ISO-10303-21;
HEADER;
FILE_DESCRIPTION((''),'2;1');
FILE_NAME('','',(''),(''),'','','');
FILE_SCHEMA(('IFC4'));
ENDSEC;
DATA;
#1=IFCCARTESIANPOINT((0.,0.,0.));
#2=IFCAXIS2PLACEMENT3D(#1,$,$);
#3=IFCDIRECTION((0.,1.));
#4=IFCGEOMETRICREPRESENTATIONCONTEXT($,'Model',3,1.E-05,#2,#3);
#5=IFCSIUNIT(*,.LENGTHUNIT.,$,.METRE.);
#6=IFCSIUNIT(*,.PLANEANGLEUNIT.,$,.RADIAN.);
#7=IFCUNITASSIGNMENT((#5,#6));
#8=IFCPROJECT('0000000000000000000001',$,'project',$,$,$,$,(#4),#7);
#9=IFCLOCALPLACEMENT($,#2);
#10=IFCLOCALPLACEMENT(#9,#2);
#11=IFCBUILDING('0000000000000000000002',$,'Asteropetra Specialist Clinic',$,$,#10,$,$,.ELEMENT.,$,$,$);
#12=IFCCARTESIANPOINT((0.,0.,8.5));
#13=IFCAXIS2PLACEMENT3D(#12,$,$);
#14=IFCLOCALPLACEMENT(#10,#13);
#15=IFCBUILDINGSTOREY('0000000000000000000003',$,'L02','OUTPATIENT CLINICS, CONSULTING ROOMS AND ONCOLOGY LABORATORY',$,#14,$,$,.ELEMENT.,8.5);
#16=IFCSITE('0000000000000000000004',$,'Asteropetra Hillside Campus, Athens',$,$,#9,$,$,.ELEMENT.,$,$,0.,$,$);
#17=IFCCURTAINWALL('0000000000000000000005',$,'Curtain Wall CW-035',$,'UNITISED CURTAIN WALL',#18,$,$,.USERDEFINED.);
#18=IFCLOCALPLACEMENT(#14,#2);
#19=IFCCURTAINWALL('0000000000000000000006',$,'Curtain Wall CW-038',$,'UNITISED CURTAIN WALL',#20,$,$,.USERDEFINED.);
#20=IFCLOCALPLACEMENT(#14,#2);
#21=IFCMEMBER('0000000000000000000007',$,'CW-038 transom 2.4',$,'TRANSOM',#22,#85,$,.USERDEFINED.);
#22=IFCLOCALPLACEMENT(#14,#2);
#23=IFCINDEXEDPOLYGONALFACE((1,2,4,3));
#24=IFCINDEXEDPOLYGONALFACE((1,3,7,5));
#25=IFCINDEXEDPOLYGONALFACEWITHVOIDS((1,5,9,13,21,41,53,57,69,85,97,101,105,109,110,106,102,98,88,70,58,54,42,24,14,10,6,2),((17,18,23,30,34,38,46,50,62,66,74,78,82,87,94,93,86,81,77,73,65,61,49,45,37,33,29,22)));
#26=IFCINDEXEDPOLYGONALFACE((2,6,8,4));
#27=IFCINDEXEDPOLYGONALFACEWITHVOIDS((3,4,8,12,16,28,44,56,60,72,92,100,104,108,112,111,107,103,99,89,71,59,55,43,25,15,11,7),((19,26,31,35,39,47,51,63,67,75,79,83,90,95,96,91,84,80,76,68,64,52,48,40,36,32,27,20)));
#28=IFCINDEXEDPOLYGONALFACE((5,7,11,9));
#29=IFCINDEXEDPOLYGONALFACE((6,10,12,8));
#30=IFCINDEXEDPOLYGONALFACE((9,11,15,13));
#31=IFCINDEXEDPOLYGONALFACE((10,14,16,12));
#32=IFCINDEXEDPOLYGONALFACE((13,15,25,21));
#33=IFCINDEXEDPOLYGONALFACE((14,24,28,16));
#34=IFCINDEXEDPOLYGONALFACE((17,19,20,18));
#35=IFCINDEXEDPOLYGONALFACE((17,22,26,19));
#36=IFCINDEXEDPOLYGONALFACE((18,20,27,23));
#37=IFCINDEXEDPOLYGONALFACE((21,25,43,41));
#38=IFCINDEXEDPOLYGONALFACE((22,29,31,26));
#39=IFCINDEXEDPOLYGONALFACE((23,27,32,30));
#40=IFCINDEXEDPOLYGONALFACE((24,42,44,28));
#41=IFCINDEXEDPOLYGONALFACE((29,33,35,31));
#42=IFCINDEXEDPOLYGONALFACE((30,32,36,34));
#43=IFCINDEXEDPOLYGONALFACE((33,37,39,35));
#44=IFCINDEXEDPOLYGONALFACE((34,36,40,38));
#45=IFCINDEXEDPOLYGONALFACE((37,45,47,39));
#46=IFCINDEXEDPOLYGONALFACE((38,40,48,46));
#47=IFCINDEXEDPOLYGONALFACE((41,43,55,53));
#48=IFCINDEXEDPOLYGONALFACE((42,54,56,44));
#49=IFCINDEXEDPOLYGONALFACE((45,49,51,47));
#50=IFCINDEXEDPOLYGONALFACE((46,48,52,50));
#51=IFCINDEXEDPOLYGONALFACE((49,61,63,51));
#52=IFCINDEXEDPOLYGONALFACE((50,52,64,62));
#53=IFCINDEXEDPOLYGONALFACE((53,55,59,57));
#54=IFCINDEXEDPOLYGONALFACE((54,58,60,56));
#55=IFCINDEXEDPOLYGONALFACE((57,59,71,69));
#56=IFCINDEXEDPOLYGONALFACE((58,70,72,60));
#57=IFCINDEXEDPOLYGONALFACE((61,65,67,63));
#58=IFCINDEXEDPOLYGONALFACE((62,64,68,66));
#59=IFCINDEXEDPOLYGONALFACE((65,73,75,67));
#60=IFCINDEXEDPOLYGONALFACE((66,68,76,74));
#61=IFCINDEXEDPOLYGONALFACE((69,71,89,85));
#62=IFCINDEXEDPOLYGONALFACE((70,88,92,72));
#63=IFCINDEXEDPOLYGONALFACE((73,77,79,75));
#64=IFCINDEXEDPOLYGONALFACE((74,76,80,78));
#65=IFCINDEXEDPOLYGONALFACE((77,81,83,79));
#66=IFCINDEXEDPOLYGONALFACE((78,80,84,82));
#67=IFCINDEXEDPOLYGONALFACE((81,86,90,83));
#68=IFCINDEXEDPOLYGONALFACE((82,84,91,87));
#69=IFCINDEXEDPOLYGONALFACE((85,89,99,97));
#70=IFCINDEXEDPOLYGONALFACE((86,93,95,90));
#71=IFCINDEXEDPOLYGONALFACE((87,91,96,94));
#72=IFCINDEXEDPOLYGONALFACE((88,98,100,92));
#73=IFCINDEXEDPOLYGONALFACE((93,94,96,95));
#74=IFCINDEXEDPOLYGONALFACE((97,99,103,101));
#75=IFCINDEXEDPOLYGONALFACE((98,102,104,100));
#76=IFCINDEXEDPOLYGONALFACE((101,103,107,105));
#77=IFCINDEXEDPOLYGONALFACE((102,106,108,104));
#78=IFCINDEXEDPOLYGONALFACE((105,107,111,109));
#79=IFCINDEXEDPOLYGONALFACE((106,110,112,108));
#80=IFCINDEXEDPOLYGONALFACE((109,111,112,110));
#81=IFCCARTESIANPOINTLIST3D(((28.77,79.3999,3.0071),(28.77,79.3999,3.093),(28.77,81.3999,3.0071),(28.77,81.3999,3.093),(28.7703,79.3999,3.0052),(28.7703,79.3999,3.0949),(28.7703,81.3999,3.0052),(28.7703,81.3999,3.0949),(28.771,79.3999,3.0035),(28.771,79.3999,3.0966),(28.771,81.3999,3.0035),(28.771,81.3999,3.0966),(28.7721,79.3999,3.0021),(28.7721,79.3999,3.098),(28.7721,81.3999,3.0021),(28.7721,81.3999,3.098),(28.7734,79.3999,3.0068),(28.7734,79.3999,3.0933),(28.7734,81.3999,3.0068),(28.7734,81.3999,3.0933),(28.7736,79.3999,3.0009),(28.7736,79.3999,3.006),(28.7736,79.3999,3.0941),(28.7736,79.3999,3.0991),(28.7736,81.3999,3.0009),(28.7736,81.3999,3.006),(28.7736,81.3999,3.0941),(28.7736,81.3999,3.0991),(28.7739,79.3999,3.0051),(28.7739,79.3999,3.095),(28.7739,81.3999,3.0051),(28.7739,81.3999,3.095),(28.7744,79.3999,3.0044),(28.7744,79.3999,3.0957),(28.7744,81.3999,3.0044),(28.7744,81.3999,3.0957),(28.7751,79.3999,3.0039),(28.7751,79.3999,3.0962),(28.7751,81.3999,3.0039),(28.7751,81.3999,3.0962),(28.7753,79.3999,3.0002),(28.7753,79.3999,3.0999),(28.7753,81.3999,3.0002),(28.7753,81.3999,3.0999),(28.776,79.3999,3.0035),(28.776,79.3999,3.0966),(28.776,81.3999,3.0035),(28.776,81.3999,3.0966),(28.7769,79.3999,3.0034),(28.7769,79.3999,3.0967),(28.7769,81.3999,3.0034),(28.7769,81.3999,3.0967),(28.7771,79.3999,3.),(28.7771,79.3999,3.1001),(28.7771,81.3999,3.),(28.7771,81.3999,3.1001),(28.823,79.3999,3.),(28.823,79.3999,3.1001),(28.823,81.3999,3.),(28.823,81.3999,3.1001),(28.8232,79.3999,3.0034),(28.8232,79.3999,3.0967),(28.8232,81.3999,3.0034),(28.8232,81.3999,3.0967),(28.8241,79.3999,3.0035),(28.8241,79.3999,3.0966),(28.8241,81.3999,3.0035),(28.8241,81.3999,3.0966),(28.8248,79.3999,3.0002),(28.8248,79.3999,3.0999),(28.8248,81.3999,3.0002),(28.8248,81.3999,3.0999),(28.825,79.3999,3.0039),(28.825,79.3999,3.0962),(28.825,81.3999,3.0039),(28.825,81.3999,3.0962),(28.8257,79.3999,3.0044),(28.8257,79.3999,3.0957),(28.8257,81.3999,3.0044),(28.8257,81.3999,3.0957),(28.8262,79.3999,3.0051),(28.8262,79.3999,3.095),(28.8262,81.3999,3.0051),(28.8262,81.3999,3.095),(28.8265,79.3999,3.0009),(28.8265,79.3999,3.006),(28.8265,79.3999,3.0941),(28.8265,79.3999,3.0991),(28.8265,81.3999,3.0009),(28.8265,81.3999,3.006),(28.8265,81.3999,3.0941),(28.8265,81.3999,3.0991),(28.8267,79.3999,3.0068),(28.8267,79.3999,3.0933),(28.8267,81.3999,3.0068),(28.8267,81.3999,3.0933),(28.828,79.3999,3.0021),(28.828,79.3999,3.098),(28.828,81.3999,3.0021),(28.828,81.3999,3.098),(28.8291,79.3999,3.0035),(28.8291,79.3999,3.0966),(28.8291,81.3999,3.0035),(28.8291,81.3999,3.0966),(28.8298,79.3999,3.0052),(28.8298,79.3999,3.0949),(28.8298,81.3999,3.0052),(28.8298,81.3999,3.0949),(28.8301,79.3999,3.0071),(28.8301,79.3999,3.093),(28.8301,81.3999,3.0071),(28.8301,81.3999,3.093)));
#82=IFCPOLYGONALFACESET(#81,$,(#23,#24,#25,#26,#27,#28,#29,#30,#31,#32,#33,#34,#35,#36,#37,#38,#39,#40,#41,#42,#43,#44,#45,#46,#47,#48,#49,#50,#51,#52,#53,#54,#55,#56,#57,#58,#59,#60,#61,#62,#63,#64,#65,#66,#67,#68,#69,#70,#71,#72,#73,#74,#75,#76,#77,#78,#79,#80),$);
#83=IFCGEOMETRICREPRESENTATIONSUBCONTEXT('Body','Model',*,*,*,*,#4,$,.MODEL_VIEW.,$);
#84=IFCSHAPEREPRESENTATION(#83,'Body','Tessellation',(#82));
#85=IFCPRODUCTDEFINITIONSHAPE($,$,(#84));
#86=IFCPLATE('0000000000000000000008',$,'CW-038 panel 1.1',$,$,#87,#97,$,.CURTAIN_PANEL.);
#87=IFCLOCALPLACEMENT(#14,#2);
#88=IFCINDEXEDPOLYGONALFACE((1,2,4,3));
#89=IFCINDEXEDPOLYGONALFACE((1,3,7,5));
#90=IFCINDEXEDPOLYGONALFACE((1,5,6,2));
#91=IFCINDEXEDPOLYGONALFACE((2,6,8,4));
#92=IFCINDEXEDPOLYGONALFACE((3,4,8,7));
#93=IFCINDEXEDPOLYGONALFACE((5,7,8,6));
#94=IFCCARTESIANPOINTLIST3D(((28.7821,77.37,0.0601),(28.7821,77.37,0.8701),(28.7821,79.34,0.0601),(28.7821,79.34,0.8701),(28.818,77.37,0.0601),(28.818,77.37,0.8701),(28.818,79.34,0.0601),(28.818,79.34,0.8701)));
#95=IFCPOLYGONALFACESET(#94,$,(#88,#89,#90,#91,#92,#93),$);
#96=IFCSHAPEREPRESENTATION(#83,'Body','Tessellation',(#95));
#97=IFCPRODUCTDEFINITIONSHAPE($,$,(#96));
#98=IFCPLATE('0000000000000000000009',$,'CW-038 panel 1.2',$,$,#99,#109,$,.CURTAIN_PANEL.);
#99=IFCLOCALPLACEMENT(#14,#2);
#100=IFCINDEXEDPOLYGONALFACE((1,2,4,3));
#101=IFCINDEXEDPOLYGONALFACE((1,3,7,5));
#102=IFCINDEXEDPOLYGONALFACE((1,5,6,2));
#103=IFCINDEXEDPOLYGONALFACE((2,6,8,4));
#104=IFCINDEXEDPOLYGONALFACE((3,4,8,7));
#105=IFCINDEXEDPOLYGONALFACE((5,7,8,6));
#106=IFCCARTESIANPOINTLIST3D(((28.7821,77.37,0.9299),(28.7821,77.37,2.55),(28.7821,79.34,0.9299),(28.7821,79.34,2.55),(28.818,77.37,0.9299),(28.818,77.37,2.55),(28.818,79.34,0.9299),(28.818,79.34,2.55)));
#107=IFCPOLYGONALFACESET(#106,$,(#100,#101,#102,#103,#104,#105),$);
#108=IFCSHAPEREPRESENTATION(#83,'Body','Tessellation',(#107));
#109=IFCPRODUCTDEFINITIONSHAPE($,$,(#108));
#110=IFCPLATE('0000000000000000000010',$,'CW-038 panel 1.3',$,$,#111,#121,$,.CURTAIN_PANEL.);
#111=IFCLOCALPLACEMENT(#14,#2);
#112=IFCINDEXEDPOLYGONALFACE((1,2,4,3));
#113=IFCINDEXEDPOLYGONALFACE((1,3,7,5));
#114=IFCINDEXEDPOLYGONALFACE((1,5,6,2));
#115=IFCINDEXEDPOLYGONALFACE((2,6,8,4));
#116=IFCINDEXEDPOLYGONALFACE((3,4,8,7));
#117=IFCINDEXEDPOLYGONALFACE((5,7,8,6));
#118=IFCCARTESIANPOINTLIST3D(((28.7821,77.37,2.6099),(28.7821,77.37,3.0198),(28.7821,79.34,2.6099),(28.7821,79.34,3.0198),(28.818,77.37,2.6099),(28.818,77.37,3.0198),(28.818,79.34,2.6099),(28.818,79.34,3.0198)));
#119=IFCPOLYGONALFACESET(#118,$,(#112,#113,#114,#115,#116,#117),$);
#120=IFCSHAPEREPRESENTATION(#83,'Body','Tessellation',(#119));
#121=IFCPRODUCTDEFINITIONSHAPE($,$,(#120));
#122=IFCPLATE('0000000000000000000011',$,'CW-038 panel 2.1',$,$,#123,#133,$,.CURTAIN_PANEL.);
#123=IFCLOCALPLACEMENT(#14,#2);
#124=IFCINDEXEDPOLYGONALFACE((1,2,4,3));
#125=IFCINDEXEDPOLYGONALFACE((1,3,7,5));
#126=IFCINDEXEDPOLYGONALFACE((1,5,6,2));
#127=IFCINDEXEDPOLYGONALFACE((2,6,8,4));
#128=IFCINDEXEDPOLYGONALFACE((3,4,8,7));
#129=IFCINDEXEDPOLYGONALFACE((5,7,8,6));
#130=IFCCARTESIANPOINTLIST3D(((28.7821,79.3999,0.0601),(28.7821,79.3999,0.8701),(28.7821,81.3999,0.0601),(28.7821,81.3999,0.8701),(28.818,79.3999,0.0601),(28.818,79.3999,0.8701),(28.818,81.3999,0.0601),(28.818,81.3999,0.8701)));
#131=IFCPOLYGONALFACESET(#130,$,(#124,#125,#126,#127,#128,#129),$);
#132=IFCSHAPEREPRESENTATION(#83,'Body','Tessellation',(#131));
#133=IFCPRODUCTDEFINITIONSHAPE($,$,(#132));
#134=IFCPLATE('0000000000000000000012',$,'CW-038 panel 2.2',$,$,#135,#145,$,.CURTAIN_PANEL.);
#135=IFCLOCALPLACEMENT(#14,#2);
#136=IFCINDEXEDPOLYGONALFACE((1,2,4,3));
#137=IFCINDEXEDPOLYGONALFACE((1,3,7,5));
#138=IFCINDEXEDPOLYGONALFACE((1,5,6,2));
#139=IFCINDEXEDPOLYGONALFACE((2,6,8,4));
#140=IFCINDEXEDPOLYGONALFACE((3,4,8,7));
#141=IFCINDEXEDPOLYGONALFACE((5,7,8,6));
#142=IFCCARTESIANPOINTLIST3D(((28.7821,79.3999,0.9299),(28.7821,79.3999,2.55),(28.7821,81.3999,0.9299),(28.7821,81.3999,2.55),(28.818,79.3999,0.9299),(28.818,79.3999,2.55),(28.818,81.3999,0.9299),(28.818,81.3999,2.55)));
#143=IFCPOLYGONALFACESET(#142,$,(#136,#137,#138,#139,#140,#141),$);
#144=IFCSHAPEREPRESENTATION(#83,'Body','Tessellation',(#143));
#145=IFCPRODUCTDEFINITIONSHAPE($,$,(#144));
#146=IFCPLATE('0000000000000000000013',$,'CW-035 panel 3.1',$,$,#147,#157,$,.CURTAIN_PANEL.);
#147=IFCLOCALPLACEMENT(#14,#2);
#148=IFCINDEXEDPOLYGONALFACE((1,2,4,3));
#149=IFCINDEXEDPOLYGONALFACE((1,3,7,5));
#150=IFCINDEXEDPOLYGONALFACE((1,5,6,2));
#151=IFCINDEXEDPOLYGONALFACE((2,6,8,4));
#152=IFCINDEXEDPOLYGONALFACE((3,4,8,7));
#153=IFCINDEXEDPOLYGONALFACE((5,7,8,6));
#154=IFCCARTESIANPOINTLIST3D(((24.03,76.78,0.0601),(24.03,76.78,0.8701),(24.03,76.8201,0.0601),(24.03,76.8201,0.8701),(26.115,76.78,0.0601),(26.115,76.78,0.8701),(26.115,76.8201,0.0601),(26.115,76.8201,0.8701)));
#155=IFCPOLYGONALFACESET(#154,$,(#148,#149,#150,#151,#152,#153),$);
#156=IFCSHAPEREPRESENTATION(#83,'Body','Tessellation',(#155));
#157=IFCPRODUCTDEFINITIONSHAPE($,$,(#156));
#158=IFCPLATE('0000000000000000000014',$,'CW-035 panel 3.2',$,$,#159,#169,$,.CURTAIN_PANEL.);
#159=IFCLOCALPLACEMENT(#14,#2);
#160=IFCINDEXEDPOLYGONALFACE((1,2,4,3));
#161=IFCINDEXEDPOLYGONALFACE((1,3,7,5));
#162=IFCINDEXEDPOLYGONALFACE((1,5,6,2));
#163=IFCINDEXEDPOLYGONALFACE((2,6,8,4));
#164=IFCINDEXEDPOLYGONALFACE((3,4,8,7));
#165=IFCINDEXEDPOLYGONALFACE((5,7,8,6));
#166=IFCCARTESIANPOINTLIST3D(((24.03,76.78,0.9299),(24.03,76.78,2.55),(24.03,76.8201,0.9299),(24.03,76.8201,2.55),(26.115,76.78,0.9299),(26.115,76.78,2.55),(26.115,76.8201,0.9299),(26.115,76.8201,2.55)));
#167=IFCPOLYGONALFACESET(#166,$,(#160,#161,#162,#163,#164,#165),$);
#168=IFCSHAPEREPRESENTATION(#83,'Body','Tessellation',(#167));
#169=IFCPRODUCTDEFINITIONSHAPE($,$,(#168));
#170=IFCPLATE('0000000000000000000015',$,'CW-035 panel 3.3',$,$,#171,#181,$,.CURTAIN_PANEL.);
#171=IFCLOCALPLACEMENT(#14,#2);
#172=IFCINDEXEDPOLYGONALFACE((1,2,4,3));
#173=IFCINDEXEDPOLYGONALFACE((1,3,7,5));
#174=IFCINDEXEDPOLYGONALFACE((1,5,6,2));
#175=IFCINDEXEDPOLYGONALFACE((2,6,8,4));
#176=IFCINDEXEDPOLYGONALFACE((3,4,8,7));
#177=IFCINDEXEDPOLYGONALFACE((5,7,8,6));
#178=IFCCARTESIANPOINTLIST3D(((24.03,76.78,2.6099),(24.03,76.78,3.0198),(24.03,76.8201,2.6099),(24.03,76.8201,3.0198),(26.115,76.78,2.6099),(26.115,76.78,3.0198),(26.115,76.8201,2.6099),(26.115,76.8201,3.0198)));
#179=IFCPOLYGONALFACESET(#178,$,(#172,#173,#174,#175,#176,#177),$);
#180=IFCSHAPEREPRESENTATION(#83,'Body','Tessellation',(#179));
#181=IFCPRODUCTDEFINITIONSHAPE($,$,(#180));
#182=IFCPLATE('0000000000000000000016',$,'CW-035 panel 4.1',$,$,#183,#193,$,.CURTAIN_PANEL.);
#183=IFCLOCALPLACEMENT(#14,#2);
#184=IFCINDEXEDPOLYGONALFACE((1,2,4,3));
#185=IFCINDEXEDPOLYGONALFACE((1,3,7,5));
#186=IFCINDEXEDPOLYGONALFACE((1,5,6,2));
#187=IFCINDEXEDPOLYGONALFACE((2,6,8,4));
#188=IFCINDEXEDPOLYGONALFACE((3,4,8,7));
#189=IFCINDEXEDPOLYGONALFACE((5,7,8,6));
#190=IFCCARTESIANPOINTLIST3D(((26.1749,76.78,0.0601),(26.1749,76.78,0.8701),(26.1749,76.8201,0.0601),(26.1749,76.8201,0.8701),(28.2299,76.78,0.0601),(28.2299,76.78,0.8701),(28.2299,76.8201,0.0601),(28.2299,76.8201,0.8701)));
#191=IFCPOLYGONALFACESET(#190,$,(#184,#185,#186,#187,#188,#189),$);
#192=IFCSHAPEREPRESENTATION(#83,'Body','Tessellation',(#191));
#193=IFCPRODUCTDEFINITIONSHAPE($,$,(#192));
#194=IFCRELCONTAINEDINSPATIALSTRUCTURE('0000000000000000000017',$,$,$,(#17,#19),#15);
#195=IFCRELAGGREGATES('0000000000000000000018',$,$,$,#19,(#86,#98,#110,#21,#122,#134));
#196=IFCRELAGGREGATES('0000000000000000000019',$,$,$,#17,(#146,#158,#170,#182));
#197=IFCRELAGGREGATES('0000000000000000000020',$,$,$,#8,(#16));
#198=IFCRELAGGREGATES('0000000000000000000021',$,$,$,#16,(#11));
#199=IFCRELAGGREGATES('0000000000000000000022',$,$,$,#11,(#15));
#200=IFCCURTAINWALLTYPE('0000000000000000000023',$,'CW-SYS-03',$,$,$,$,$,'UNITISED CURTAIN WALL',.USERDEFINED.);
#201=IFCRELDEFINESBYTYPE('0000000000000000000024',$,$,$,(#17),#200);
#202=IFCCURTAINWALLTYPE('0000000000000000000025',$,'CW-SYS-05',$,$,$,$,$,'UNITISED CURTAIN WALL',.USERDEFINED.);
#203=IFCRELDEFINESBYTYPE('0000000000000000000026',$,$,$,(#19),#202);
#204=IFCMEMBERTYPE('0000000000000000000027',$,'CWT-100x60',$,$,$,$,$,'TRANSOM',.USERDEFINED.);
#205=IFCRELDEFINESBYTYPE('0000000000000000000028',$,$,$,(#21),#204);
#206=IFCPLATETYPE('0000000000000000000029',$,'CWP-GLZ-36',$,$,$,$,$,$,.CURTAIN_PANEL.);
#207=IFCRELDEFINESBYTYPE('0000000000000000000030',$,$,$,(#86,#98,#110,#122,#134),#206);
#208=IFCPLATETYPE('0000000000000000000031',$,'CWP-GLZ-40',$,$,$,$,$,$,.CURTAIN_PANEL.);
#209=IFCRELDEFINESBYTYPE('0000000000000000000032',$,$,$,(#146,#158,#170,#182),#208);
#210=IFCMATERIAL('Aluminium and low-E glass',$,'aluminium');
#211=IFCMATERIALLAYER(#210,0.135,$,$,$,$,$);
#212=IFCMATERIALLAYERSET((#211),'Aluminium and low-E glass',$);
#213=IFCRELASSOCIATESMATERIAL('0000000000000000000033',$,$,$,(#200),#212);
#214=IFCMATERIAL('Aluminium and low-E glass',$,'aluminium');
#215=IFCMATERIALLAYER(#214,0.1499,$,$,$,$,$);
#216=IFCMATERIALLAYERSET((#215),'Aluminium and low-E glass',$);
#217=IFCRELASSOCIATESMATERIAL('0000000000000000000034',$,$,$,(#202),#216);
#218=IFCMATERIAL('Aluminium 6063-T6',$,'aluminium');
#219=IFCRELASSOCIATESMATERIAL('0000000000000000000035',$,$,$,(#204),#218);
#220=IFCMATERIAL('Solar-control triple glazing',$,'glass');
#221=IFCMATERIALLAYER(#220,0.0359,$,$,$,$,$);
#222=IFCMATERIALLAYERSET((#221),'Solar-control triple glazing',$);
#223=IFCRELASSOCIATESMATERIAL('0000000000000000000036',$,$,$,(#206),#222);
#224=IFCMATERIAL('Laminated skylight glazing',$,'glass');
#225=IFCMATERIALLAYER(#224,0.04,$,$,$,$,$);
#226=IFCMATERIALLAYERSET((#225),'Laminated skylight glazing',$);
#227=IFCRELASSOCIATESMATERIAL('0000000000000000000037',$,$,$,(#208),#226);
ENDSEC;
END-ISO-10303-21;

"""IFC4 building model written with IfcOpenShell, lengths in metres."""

from ifc_helpers import new_model, si_unit, direction, frame, origin, origin_2d, place, context, subcontext, project, spatial, rectangle, hollow_rectangle, extrude, material, layer, layer_set, material_profile, profile_set, type_object, element, aggregate, save


model = new_model("IFC4")

# Units and contexts
model_context = context("Model", 3, precision=1e-05, world=origin(), true_north=direction((0.0, 1.0)))
body_context = subcontext(model_context, "Body", "Model", "MODEL_VIEW")
ifc_project = project(units=[si_unit("LENGTHUNIT", "METRE"), si_unit("PLANEANGLEUNIT", "RADIAN")], contexts=[model_context])

# Site, building, storey
site_placement = place(None, origin())
site = spatial("IfcSite", under=ifc_project, at=site_placement, Name="Asteropetra Hillside Campus, Athens", CompositionType="ELEMENT", RefElevation=0.0)
building_placement = place(site_placement, origin())
building = spatial("IfcBuilding", under=site, at=building_placement, Name="Asteropetra Specialist Clinic", CompositionType="ELEMENT")
storey_placement = place(building_placement, frame((0.0, 0.0, 8.5)))
storey = spatial("IfcBuildingStorey", under=building, at=storey_placement, Name="L02", Description="OUTPATIENT CLINICS, CONSULTING ROOMS AND ONCOLOGY LABORATORY", CompositionType="ELEMENT", Elevation=8.5)

# Curtain walls
ifc_material_1 = material(Name="Aluminium and low-E glass", Category="aluminium")
ifc_layer_1 = layer(ifc_material_1, 0.135)
ifc_layer_set_1 = layer_set([ifc_layer_1], Name="Aluminium and low-E glass")
curtain_wall_type_1 = type_object("IfcCurtainWallType", Name="CW-SYS-03", ElementType="UNITISED CURTAIN WALL", PredefinedType="USERDEFINED", material=ifc_layer_set_1)
curtain_wall_1_placement = place(storey_placement, origin())
curtain_wall_1 = element("IfcCurtainWall", 1, at=curtain_wall_1_placement, inside=storey, type_object=curtain_wall_type_1, Name="Curtain Wall CW-035", ObjectType="UNITISED CURTAIN WALL", PredefinedType="USERDEFINED")
ifc_material_2 = material(Name="Aluminium and low-E glass", Category="aluminium")
ifc_layer_2 = layer(ifc_material_2, 0.1499)
ifc_layer_set_2 = layer_set([ifc_layer_2], Name="Aluminium and low-E glass")
curtain_wall_type_2 = type_object("IfcCurtainWallType", Name="CW-SYS-05", ElementType="UNITISED CURTAIN WALL", PredefinedType="USERDEFINED", material=ifc_layer_set_2)
curtain_wall_2_placement = place(storey_placement, origin())
curtain_wall_2 = element("IfcCurtainWall", 2, at=curtain_wall_2_placement, inside=storey, type_object=curtain_wall_type_2, Name="Curtain Wall CW-038", ObjectType="UNITISED CURTAIN WALL", PredefinedType="USERDEFINED")

# Member
ifc_material_3 = material(Name="Aluminium 6063-T6", Category="aluminium")
ifc_material_profile_1 = material_profile(ifc_material_3, hollow_rectangle(XDim=0.0601, YDim=0.1001, WallThickness=0.0034, InnerFilletRadius=0.0034, OuterFilletRadius=0.0071, at=origin_2d()), Name="TRN 100x60x3.5")
ifc_profile_set_1 = profile_set([ifc_material_profile_1], Name="Aluminium 6063-T6")
member_type_1 = type_object("IfcMemberType", Name="CWT-100x60", ElementType="TRANSOM", PredefinedType="USERDEFINED", material=ifc_profile_set_1)
member_1_placement = place(storey_placement, frame((28.8, 79.3999, 3.05), z_axis=(0.0, 1.0, 0.0), x_axis=(-1.0, 0.0, 0.0)))
member_1 = element("IfcMember", 3, at=member_1_placement, type_object=member_type_1, Name="CW-038 transom 2.4", ObjectType="TRANSOM", PredefinedType="USERDEFINED", context=body_context, shape_type="SweptSolid", body=[
    extrude(hollow_rectangle(XDim=0.0601, YDim=0.1001, WallThickness=0.0034, InnerFilletRadius=0.0034, OuterFilletRadius=0.0071, at=origin_2d()), origin(), (0.0, 0.0, 1.0), 2.0),
])

# Plates
ifc_material_4 = material(Name="Solar-control triple glazing", Category="glass")
ifc_layer_3 = layer(ifc_material_4, 0.0359)
ifc_layer_set_3 = layer_set([ifc_layer_3], Name="Solar-control triple glazing")
plate_type_1 = type_object("IfcPlateType", Name="CWP-GLZ-36", PredefinedType="CURTAIN_PANEL", material=ifc_layer_set_3)
plate_1_placement = place(storey_placement, frame((28.8, 78.355, 0.0601), z_axis=(0.0, 0.0, 1.0), x_axis=(0.0, 1.0, 0.0)))
plate_1 = element("IfcPlate", 4, at=plate_1_placement, type_object=plate_type_1, Name="CW-038 panel 1.1", PredefinedType="CURTAIN_PANEL", context=body_context, shape_type="SweptSolid", body=[
    extrude(rectangle(XDim=1.97, YDim=0.0359, at=origin_2d()), origin(), (0.0, 0.0, 1.0), 0.8101),
])
plate_2_placement = place(storey_placement, frame((28.8, 78.355, 0.9299), z_axis=(0.0, 0.0, 1.0), x_axis=(0.0, 1.0, 0.0)))
plate_2 = element("IfcPlate", 5, at=plate_2_placement, type_object=plate_type_1, Name="CW-038 panel 1.2", PredefinedType="CURTAIN_PANEL", context=body_context, shape_type="SweptSolid", body=[
    extrude(rectangle(XDim=1.97, YDim=0.0359, at=origin_2d()), origin(), (0.0, 0.0, 1.0), 1.6201),
])
plate_3_placement = place(storey_placement, frame((28.8, 78.355, 2.6099), z_axis=(0.0, 0.0, 1.0), x_axis=(0.0, 1.0, 0.0)))
plate_3 = element("IfcPlate", 6, at=plate_3_placement, type_object=plate_type_1, Name="CW-038 panel 1.3", PredefinedType="CURTAIN_PANEL", context=body_context, shape_type="SweptSolid", body=[
    extrude(rectangle(XDim=1.97, YDim=0.0359, at=origin_2d()), origin(), (0.0, 0.0, 1.0), 0.4099),
])
plate_4_placement = place(storey_placement, frame((28.8, 80.3999, 0.0601), z_axis=(0.0, 0.0, 1.0), x_axis=(0.0, 1.0, 0.0)))
plate_4 = element("IfcPlate", 7, at=plate_4_placement, type_object=plate_type_1, Name="CW-038 panel 2.1", PredefinedType="CURTAIN_PANEL", context=body_context, shape_type="SweptSolid", body=[
    extrude(rectangle(XDim=2.0, YDim=0.0359, at=origin_2d()), origin(), (0.0, 0.0, 1.0), 0.8101),
])
plate_5_placement = place(storey_placement, frame((28.8, 80.3999, 0.9299), z_axis=(0.0, 0.0, 1.0), x_axis=(0.0, 1.0, 0.0)))
plate_5 = element("IfcPlate", 8, at=plate_5_placement, type_object=plate_type_1, Name="CW-038 panel 2.2", PredefinedType="CURTAIN_PANEL", context=body_context, shape_type="SweptSolid", body=[
    extrude(rectangle(XDim=2.0, YDim=0.0359, at=origin_2d()), origin(), (0.0, 0.0, 1.0), 1.6201),
])
aggregate(curtain_wall_2, [plate_1, plate_2, plate_3, member_1, plate_4, plate_5])
ifc_material_5 = material(Name="Laminated skylight glazing", Category="glass")
ifc_layer_4 = layer(ifc_material_5, 0.04)
ifc_layer_set_4 = layer_set([ifc_layer_4], Name="Laminated skylight glazing")
plate_type_2 = type_object("IfcPlateType", Name="CWP-GLZ-40", PredefinedType="CURTAIN_PANEL", material=ifc_layer_set_4)
plate_6_placement = place(storey_placement, frame((25.0725, 76.8, 0.0601), z_axis=(0.0, 0.0, 1.0), x_axis=(1.0, 0.0, 0.0)))
plate_6 = element("IfcPlate", 9, at=plate_6_placement, type_object=plate_type_2, Name="CW-035 panel 3.1", PredefinedType="CURTAIN_PANEL", context=body_context, shape_type="SweptSolid", body=[
    extrude(rectangle(XDim=2.085, YDim=0.04, at=origin_2d()), origin(), (0.0, 0.0, 1.0), 0.8101),
])
plate_7_placement = place(storey_placement, frame((25.0725, 76.8, 0.9299), z_axis=(0.0, 0.0, 1.0), x_axis=(1.0, 0.0, 0.0)))
plate_7 = element("IfcPlate", 10, at=plate_7_placement, type_object=plate_type_2, Name="CW-035 panel 3.2", PredefinedType="CURTAIN_PANEL", context=body_context, shape_type="SweptSolid", body=[
    extrude(rectangle(XDim=2.085, YDim=0.04, at=origin_2d()), origin(), (0.0, 0.0, 1.0), 1.6201),
])
plate_8_placement = place(storey_placement, frame((25.0725, 76.8, 2.6099), z_axis=(0.0, 0.0, 1.0), x_axis=(1.0, 0.0, 0.0)))
plate_8 = element("IfcPlate", 11, at=plate_8_placement, type_object=plate_type_2, Name="CW-035 panel 3.3", PredefinedType="CURTAIN_PANEL", context=body_context, shape_type="SweptSolid", body=[
    extrude(rectangle(XDim=2.085, YDim=0.04, at=origin_2d()), origin(), (0.0, 0.0, 1.0), 0.4099),
])
plate_9_placement = place(storey_placement, frame((27.2024, 76.8, 0.0601), z_axis=(0.0, 0.0, 1.0), x_axis=(1.0, 0.0, 0.0)))
plate_9 = element("IfcPlate", 12, at=plate_9_placement, type_object=plate_type_2, Name="CW-035 panel 4.1", PredefinedType="CURTAIN_PANEL", context=body_context, shape_type="SweptSolid", body=[
    extrude(rectangle(XDim=2.0549, YDim=0.04, at=origin_2d()), origin(), (0.0, 0.0, 1.0), 0.8101),
])
aggregate(curtain_wall_1, [plate_6, plate_7, plate_8, plate_9])

save(model, "model.ifc")
